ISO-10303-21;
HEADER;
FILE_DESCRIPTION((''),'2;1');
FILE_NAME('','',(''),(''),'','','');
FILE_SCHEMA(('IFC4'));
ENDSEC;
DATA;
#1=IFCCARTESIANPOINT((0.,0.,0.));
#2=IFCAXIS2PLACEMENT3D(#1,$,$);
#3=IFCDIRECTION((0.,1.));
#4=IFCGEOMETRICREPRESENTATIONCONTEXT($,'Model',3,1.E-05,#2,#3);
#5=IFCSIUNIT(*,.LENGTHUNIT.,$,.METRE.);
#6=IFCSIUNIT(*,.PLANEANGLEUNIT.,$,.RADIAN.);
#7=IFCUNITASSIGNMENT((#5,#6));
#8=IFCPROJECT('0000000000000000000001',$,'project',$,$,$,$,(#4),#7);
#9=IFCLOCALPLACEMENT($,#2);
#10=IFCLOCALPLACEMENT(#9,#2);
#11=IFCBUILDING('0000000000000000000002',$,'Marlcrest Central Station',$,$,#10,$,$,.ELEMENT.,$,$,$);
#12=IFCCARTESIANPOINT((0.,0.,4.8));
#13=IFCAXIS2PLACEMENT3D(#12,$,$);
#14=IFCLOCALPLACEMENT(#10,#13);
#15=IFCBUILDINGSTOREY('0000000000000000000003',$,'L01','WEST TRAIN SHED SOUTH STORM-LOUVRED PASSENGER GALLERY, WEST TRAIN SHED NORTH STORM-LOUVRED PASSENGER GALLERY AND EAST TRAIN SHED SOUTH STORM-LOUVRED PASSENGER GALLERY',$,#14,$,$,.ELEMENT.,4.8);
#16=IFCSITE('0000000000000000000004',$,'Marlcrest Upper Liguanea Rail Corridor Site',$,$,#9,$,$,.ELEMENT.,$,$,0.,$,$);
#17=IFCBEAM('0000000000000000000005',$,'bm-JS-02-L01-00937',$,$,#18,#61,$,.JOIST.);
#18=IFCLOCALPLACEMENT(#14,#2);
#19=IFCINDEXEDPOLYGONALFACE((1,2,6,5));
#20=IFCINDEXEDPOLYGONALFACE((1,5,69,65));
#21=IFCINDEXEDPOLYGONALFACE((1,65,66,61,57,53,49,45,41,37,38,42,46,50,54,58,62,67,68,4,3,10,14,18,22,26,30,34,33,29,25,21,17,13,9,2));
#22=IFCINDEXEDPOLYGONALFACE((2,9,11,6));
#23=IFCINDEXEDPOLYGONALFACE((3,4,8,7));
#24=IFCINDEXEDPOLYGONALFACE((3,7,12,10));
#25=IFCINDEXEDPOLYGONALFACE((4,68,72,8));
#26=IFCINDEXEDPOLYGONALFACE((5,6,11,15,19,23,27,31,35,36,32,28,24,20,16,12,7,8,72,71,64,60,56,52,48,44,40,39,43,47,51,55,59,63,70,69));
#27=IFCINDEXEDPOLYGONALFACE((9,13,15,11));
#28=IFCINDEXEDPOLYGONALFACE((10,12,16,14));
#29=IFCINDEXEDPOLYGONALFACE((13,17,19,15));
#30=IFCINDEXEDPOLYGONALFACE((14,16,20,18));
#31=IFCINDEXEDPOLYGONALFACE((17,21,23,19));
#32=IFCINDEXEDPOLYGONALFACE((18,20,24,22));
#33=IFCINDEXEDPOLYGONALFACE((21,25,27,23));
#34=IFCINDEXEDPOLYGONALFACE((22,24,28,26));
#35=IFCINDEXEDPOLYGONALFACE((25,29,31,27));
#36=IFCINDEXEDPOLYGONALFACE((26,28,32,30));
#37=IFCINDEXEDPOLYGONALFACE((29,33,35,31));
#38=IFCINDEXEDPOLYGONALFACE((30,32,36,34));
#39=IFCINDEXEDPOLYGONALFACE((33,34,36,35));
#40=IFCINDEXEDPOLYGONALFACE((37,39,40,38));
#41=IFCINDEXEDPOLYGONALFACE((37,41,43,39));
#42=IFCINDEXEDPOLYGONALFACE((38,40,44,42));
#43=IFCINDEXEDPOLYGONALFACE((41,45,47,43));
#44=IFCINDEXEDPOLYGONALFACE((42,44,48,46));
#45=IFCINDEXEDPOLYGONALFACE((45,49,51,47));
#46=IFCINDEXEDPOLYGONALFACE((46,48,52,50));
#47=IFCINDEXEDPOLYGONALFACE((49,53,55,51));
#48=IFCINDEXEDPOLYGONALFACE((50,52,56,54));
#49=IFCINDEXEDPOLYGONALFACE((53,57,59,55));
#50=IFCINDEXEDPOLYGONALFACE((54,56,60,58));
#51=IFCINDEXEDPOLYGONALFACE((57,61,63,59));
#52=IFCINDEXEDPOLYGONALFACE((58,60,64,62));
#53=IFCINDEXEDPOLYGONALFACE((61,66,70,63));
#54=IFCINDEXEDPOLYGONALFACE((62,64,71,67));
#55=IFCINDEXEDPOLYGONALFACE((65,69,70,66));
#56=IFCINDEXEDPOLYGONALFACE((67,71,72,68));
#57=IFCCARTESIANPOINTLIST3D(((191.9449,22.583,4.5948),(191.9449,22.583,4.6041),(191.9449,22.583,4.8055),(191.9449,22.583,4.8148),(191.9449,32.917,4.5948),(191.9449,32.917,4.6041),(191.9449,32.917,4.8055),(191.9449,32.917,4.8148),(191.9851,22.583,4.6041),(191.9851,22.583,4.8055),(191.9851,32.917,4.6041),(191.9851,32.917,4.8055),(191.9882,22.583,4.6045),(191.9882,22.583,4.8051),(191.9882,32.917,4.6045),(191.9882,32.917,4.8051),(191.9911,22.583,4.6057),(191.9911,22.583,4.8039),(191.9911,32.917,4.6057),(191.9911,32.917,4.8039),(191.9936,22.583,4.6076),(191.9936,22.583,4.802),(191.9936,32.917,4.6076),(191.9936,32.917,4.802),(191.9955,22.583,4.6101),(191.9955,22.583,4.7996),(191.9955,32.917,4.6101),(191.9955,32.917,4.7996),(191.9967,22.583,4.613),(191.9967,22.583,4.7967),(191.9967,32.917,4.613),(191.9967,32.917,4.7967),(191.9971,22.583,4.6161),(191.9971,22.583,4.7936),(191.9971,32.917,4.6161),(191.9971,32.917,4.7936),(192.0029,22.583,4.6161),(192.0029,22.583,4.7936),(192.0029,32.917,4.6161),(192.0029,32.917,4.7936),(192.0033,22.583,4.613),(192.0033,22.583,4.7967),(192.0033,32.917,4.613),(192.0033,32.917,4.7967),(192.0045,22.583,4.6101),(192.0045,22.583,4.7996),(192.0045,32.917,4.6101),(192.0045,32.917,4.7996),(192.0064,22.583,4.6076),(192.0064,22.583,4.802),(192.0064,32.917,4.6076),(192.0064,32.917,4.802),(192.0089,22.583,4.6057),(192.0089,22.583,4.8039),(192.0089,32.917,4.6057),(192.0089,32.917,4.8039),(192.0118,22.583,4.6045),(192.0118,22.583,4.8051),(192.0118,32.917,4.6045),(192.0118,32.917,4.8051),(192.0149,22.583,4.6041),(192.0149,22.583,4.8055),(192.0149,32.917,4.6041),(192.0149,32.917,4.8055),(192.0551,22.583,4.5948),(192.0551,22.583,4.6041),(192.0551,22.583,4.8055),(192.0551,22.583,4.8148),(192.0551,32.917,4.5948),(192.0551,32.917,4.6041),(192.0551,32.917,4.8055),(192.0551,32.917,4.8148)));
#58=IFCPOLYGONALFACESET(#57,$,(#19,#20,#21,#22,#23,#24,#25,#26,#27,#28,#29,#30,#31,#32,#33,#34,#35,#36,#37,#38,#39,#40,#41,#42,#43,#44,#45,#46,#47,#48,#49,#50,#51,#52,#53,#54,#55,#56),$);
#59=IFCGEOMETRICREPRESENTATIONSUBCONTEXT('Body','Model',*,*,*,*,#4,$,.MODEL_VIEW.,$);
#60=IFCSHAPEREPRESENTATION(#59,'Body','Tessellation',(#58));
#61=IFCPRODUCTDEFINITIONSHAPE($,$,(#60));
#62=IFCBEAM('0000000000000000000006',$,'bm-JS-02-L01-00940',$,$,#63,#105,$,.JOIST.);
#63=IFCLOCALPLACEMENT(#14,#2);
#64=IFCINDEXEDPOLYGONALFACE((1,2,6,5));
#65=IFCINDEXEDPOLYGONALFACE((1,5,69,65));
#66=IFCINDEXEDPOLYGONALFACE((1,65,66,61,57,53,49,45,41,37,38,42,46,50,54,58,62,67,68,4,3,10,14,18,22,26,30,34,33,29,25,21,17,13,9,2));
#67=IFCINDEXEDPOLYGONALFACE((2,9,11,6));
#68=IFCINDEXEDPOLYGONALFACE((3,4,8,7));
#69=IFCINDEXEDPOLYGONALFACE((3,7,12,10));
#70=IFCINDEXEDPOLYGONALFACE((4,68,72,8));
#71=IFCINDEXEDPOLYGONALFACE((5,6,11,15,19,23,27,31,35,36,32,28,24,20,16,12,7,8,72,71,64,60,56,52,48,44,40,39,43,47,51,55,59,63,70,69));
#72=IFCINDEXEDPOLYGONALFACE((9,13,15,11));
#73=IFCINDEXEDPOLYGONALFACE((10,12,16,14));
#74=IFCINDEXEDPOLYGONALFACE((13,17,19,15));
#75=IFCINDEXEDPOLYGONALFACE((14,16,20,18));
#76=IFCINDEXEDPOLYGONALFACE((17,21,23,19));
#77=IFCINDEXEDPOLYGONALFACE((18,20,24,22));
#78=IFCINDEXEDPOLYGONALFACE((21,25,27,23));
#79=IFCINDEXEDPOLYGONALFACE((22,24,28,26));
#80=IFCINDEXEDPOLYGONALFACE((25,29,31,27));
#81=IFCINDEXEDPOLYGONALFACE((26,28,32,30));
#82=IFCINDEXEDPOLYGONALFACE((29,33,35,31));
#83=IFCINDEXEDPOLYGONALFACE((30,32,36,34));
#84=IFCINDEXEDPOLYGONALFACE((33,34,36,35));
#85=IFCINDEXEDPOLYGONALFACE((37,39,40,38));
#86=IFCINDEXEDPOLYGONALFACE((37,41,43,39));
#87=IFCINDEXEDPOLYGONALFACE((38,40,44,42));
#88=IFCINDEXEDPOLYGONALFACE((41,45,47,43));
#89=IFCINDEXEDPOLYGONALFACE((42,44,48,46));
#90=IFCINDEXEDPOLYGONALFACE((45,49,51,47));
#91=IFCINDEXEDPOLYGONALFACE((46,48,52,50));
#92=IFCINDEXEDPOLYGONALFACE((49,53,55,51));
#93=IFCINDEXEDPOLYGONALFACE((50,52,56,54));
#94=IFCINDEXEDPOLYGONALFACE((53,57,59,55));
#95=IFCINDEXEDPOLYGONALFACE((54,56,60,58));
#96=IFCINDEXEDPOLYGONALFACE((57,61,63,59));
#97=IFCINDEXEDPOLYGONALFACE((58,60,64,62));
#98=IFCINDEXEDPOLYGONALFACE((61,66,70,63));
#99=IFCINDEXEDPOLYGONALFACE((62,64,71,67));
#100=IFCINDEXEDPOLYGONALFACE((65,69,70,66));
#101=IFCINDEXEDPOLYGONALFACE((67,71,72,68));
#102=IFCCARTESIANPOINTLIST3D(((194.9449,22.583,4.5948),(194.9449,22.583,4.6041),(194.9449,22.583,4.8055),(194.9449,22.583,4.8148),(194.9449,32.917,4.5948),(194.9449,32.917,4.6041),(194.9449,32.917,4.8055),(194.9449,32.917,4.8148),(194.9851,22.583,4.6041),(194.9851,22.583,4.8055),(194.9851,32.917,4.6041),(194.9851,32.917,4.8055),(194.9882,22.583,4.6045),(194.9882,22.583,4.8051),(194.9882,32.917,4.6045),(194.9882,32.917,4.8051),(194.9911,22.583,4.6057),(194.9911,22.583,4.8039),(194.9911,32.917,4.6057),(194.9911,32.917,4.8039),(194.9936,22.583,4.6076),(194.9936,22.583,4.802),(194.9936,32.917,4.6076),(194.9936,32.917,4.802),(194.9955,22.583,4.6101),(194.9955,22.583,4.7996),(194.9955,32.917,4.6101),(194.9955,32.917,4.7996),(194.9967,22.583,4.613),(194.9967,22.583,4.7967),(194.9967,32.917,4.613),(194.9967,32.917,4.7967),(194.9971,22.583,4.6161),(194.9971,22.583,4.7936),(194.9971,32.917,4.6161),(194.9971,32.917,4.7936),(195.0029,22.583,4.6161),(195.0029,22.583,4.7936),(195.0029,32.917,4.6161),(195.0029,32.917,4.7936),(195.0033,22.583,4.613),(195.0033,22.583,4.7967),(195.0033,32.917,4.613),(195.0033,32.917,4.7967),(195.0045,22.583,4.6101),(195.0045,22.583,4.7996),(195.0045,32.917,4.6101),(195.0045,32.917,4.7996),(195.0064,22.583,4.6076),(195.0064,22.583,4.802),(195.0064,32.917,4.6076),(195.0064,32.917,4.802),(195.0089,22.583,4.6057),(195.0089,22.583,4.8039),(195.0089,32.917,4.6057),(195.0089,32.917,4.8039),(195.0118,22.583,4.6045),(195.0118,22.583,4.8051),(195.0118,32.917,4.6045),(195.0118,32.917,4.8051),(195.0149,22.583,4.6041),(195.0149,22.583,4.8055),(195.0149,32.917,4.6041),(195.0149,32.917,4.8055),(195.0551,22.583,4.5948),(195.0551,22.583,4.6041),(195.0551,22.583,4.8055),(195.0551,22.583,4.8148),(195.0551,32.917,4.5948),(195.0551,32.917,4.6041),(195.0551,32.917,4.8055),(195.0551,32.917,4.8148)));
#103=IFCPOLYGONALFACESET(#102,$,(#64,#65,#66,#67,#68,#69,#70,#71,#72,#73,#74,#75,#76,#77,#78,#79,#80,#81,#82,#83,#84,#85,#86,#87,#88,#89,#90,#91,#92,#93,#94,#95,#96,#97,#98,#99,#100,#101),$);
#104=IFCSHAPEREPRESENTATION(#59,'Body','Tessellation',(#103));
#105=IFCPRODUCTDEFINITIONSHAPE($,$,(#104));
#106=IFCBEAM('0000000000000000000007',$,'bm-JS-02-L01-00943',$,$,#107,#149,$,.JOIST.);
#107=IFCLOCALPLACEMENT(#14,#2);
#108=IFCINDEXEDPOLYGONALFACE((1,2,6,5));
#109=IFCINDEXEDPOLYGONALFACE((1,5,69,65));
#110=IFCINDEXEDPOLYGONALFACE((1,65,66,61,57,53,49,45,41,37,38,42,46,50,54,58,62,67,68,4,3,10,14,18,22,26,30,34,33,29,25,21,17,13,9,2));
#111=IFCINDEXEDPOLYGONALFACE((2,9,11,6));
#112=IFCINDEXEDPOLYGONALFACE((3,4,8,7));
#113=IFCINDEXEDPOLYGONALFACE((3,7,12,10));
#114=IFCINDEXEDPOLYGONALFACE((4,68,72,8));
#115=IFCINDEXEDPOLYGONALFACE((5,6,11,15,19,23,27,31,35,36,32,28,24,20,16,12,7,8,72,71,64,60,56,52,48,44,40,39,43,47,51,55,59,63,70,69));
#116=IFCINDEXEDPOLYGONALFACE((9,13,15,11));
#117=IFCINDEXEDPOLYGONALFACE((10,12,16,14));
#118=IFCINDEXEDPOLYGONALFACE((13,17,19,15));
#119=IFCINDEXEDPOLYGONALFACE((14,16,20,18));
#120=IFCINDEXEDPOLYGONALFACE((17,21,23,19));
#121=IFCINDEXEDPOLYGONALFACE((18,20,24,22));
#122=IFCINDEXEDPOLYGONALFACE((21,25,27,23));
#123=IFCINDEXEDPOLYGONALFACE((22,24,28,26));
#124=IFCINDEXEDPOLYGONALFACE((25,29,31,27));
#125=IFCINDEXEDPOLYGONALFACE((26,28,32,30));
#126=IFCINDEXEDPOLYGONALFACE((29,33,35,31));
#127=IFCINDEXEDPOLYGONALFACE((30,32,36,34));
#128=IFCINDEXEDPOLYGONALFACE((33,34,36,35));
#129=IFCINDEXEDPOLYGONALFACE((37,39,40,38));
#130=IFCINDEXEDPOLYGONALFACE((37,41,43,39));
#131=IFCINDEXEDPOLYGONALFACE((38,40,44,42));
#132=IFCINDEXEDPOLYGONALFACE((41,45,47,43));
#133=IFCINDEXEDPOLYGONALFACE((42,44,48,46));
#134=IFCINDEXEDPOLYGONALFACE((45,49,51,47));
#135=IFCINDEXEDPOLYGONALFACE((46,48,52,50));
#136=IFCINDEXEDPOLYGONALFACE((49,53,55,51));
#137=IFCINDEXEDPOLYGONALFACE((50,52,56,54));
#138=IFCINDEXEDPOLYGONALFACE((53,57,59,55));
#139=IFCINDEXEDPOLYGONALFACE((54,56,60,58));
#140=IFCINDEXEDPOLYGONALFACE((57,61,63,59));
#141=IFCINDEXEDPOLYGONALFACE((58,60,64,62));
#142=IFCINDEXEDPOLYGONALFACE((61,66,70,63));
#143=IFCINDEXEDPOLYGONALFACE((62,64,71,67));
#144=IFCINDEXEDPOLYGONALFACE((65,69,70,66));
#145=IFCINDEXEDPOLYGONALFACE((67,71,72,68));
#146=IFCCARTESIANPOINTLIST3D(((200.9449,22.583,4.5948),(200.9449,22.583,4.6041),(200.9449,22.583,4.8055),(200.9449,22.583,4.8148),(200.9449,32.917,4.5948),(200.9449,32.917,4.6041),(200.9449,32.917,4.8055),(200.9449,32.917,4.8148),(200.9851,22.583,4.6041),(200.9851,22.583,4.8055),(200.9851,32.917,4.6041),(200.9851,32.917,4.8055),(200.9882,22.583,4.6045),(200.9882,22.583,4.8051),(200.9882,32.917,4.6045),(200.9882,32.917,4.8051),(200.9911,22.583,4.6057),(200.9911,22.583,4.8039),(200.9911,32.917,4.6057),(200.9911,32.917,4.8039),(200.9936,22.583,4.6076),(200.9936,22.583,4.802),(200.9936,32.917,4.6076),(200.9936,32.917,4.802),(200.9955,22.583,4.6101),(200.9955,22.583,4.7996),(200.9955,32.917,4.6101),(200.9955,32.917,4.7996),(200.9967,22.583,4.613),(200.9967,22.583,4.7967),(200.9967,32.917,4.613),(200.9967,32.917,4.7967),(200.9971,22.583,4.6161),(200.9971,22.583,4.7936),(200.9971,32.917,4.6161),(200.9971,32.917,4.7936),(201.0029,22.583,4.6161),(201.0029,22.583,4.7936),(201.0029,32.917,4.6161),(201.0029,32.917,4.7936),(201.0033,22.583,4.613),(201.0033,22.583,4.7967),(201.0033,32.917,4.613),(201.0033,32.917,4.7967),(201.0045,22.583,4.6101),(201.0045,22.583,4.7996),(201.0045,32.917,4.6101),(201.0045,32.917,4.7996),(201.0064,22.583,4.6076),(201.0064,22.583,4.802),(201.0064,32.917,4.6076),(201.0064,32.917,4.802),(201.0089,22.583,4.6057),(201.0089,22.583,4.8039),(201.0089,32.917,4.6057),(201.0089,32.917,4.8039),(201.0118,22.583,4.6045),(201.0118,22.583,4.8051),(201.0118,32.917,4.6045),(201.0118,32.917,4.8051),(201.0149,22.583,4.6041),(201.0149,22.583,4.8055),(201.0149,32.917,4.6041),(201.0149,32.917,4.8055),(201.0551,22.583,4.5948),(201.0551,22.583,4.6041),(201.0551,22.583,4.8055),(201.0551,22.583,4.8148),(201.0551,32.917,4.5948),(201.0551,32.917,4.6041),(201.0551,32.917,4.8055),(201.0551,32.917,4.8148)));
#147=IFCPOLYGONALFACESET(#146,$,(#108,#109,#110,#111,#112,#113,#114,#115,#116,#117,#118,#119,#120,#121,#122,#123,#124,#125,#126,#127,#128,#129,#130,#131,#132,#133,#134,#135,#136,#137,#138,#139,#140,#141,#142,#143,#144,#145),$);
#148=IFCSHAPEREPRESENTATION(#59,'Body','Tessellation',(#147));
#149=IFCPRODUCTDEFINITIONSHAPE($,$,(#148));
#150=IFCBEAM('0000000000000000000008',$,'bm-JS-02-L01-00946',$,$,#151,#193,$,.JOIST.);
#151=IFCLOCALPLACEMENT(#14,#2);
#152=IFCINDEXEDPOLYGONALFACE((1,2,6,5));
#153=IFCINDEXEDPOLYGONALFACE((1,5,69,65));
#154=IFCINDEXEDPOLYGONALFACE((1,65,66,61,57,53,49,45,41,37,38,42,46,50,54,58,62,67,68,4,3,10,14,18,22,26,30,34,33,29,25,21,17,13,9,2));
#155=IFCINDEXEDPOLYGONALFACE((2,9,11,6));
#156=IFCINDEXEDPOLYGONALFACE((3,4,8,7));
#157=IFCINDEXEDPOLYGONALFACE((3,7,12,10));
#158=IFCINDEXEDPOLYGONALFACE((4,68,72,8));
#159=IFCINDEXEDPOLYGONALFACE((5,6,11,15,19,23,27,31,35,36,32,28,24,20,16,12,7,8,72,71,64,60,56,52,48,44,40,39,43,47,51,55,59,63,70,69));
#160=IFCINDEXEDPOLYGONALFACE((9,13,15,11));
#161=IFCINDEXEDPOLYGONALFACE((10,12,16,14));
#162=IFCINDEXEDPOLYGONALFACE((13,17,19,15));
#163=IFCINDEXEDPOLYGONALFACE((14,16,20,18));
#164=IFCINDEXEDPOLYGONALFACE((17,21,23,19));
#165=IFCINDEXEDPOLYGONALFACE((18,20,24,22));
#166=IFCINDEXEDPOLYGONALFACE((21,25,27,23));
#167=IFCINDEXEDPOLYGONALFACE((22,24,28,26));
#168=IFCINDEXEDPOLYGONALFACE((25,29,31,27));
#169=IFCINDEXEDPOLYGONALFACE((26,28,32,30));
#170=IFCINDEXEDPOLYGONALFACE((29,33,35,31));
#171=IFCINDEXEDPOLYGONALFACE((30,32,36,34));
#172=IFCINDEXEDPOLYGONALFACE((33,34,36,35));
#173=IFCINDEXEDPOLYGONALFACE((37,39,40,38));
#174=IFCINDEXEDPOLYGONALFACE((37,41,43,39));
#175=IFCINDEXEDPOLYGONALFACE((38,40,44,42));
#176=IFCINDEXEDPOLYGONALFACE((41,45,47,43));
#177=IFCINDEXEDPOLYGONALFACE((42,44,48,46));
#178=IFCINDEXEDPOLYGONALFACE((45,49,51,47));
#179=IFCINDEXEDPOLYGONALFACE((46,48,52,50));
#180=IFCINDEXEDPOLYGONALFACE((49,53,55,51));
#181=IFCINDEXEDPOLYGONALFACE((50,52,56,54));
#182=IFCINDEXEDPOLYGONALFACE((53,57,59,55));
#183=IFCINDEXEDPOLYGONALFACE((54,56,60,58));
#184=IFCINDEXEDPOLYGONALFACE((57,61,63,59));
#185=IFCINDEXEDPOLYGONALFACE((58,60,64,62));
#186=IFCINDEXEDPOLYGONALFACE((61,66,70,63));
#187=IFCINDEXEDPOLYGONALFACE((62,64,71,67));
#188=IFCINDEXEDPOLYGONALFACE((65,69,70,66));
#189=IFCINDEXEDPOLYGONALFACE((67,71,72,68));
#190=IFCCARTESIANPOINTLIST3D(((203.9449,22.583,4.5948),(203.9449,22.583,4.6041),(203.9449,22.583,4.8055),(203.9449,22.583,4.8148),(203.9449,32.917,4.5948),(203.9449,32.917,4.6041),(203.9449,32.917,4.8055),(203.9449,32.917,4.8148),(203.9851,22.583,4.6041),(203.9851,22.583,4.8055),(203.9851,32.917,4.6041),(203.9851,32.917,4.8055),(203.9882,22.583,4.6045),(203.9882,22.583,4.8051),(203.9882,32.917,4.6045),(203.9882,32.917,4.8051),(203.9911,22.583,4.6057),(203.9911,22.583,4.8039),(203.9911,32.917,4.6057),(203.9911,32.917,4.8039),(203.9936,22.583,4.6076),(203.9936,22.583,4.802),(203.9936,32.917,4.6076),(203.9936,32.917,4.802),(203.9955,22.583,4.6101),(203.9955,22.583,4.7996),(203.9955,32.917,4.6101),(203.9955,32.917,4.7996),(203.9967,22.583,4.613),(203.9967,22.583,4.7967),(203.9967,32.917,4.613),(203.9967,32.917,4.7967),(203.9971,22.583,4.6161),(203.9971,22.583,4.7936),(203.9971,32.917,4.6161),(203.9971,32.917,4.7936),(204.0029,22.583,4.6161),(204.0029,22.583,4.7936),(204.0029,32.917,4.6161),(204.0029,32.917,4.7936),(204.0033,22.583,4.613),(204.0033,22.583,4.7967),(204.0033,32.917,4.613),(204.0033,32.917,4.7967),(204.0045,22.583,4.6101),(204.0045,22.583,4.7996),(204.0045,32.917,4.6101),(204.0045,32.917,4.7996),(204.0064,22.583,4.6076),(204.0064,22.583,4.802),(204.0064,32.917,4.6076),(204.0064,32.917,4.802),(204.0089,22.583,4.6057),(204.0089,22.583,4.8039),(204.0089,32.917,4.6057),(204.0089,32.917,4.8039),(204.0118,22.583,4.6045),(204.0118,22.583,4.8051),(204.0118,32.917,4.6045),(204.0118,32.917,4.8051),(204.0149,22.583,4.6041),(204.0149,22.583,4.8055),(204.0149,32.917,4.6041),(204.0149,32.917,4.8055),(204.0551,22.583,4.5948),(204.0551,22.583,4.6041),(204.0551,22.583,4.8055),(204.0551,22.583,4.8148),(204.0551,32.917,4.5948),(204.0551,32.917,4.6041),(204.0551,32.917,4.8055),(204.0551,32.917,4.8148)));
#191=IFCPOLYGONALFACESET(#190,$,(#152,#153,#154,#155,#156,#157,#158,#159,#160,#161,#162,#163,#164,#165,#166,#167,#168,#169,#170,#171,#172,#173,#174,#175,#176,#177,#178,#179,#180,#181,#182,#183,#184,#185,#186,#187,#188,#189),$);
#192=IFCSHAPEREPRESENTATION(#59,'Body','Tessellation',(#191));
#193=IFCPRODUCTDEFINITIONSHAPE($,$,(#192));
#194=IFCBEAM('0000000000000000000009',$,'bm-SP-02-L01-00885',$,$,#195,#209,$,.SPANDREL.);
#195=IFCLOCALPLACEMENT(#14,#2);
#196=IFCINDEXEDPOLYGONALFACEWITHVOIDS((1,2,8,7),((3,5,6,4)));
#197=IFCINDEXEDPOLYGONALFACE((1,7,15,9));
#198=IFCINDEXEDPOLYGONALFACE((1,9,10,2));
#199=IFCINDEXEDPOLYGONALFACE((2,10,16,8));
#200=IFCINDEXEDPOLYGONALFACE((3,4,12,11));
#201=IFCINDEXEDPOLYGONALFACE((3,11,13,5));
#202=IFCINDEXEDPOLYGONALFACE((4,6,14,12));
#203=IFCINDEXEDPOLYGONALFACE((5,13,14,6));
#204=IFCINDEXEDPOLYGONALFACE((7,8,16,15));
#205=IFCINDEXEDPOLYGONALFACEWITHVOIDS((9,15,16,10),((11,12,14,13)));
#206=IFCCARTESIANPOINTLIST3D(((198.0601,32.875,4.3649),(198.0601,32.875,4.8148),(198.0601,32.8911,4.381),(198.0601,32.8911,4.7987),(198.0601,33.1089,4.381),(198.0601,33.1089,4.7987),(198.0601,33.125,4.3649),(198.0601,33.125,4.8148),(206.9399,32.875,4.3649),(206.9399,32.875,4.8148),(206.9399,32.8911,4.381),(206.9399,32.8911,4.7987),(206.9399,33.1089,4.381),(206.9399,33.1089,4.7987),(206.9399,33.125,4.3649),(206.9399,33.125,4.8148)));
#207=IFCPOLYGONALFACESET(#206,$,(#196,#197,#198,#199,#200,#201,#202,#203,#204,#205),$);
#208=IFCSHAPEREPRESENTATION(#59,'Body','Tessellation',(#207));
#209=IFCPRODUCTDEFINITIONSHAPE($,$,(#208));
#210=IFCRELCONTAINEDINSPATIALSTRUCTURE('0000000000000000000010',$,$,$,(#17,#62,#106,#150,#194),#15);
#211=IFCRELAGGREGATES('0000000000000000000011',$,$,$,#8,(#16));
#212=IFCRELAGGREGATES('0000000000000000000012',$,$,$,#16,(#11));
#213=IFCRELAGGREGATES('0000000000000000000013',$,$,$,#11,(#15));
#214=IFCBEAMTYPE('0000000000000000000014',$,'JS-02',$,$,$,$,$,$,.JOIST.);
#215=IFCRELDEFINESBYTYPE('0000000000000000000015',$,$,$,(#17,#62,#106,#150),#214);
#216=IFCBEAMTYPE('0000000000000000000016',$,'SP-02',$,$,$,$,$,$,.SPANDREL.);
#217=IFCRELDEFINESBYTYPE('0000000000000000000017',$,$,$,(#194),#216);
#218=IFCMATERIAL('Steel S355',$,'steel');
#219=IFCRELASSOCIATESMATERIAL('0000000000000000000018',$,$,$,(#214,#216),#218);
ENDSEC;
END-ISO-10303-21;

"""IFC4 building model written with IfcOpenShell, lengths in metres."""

from ifc_helpers import new_model, si_unit, direction, frame, origin, origin_2d, place, context, subcontext, project, spatial, hollow_rectangle, i_section, extrude, material, material_profile, profile_set, type_object, element, save


model = new_model("IFC4")

# Units and contexts
model_context = context("Model", 3, precision=1e-05, world=origin(), true_north=direction((0.0, 1.0)))
body_context = subcontext(model_context, "Body", "Model", "MODEL_VIEW")
ifc_project = project(units=[si_unit("LENGTHUNIT", "METRE"), si_unit("PLANEANGLEUNIT", "RADIAN")], contexts=[model_context])

# Site, building, storey
site_placement = place(None, origin())
site = spatial("IfcSite", under=ifc_project, at=site_placement, Name="Marlcrest Upper Liguanea Rail Corridor Site", CompositionType="ELEMENT", RefElevation=0.0)
building_placement = place(site_placement, origin())
building = spatial("IfcBuilding", under=site, at=building_placement, Name="Marlcrest Central Station", CompositionType="ELEMENT")
storey_placement = place(building_placement, frame((0.0, 0.0, 4.8)))
storey = spatial("IfcBuildingStorey", under=building, at=storey_placement, Name="L01", Description="WEST TRAIN SHED SOUTH STORM-LOUVRED PASSENGER GALLERY, WEST TRAIN SHED NORTH STORM-LOUVRED PASSENGER GALLERY AND EAST TRAIN SHED SOUTH STORM-LOUVRED PASSENGER GALLERY", CompositionType="ELEMENT", Elevation=4.8)

# Shared definitions
ifc_material_1 = material(Name="Steel S355", Category="steel")

# Beams
ifc_material_profile_1 = material_profile(ifc_material_1, i_section(OverallWidth=0.1101, OverallDepth=0.22, WebThickness=0.0059, FlangeThickness=0.0093, FilletRadius=0.012, at=origin_2d()), Name="IPE 220")
ifc_profile_set_1 = profile_set([ifc_material_profile_1], Name="Steel S355")
beam_type_1 = type_object("IfcBeamType", Name="JS-02", PredefinedType="JOIST", material=ifc_profile_set_1)
for number, where, z_axis, x_axis, name in (
    (1, (192.0, 22.583, 4.7048), (0.0, 1.0, 0.0), (-1.0, 0.0, 0.0), "bm-JS-02-L01-00937"),
    (2, (195.0, 22.583, 4.7048), (0.0, 1.0, 0.0), (-1.0, 0.0, 0.0), "bm-JS-02-L01-00940"),
    (3, (201.0, 22.583, 4.7048), (0.0, 1.0, 0.0), (-1.0, 0.0, 0.0), "bm-JS-02-L01-00943"),
    (4, (204.0, 22.583, 4.7048), (0.0, 1.0, 0.0), (-1.0, 0.0, 0.0), "bm-JS-02-L01-00946"),
):
    element("IfcBeam", number, at=place(storey_placement, frame(where, z_axis=z_axis, x_axis=x_axis)), inside=storey, type_object=beam_type_1, Name=name, PredefinedType="JOIST", context=body_context, shape_type="SweptSolid", body=[
        extrude(i_section(OverallWidth=0.1101, OverallDepth=0.22, WebThickness=0.0059, FlangeThickness=0.0093, FilletRadius=0.012, at=origin_2d()), origin(), (0.0, 0.0, 1.0), 10.334),
    ])
ifc_material_profile_2 = material_profile(ifc_material_1, hollow_rectangle(XDim=0.25, YDim=0.45, WallThickness=0.0161, at=origin_2d()), Name="RHS 450x250x16")
ifc_profile_set_2 = profile_set([ifc_material_profile_2], Name="Steel S355")
beam_type_2 = type_object("IfcBeamType", Name="SP-02", PredefinedType="SPANDREL", material=ifc_profile_set_2)
beam_placement = place(storey_placement, frame((198.0601, 33.0, 4.5898), z_axis=(1.0, 0.0, 0.0), x_axis=(0.0, 1.0, 0.0)))
element("IfcBeam", 5, at=beam_placement, inside=storey, type_object=beam_type_2, Name="bm-SP-02-L01-00885", PredefinedType="SPANDREL", context=body_context, shape_type="SweptSolid", body=[
    extrude(hollow_rectangle(XDim=0.25, YDim=0.45, WallThickness=0.0161, at=origin_2d()), origin(), (0.0, 0.0, 1.0), 8.8799),
])

save(model, "model.ifc")
